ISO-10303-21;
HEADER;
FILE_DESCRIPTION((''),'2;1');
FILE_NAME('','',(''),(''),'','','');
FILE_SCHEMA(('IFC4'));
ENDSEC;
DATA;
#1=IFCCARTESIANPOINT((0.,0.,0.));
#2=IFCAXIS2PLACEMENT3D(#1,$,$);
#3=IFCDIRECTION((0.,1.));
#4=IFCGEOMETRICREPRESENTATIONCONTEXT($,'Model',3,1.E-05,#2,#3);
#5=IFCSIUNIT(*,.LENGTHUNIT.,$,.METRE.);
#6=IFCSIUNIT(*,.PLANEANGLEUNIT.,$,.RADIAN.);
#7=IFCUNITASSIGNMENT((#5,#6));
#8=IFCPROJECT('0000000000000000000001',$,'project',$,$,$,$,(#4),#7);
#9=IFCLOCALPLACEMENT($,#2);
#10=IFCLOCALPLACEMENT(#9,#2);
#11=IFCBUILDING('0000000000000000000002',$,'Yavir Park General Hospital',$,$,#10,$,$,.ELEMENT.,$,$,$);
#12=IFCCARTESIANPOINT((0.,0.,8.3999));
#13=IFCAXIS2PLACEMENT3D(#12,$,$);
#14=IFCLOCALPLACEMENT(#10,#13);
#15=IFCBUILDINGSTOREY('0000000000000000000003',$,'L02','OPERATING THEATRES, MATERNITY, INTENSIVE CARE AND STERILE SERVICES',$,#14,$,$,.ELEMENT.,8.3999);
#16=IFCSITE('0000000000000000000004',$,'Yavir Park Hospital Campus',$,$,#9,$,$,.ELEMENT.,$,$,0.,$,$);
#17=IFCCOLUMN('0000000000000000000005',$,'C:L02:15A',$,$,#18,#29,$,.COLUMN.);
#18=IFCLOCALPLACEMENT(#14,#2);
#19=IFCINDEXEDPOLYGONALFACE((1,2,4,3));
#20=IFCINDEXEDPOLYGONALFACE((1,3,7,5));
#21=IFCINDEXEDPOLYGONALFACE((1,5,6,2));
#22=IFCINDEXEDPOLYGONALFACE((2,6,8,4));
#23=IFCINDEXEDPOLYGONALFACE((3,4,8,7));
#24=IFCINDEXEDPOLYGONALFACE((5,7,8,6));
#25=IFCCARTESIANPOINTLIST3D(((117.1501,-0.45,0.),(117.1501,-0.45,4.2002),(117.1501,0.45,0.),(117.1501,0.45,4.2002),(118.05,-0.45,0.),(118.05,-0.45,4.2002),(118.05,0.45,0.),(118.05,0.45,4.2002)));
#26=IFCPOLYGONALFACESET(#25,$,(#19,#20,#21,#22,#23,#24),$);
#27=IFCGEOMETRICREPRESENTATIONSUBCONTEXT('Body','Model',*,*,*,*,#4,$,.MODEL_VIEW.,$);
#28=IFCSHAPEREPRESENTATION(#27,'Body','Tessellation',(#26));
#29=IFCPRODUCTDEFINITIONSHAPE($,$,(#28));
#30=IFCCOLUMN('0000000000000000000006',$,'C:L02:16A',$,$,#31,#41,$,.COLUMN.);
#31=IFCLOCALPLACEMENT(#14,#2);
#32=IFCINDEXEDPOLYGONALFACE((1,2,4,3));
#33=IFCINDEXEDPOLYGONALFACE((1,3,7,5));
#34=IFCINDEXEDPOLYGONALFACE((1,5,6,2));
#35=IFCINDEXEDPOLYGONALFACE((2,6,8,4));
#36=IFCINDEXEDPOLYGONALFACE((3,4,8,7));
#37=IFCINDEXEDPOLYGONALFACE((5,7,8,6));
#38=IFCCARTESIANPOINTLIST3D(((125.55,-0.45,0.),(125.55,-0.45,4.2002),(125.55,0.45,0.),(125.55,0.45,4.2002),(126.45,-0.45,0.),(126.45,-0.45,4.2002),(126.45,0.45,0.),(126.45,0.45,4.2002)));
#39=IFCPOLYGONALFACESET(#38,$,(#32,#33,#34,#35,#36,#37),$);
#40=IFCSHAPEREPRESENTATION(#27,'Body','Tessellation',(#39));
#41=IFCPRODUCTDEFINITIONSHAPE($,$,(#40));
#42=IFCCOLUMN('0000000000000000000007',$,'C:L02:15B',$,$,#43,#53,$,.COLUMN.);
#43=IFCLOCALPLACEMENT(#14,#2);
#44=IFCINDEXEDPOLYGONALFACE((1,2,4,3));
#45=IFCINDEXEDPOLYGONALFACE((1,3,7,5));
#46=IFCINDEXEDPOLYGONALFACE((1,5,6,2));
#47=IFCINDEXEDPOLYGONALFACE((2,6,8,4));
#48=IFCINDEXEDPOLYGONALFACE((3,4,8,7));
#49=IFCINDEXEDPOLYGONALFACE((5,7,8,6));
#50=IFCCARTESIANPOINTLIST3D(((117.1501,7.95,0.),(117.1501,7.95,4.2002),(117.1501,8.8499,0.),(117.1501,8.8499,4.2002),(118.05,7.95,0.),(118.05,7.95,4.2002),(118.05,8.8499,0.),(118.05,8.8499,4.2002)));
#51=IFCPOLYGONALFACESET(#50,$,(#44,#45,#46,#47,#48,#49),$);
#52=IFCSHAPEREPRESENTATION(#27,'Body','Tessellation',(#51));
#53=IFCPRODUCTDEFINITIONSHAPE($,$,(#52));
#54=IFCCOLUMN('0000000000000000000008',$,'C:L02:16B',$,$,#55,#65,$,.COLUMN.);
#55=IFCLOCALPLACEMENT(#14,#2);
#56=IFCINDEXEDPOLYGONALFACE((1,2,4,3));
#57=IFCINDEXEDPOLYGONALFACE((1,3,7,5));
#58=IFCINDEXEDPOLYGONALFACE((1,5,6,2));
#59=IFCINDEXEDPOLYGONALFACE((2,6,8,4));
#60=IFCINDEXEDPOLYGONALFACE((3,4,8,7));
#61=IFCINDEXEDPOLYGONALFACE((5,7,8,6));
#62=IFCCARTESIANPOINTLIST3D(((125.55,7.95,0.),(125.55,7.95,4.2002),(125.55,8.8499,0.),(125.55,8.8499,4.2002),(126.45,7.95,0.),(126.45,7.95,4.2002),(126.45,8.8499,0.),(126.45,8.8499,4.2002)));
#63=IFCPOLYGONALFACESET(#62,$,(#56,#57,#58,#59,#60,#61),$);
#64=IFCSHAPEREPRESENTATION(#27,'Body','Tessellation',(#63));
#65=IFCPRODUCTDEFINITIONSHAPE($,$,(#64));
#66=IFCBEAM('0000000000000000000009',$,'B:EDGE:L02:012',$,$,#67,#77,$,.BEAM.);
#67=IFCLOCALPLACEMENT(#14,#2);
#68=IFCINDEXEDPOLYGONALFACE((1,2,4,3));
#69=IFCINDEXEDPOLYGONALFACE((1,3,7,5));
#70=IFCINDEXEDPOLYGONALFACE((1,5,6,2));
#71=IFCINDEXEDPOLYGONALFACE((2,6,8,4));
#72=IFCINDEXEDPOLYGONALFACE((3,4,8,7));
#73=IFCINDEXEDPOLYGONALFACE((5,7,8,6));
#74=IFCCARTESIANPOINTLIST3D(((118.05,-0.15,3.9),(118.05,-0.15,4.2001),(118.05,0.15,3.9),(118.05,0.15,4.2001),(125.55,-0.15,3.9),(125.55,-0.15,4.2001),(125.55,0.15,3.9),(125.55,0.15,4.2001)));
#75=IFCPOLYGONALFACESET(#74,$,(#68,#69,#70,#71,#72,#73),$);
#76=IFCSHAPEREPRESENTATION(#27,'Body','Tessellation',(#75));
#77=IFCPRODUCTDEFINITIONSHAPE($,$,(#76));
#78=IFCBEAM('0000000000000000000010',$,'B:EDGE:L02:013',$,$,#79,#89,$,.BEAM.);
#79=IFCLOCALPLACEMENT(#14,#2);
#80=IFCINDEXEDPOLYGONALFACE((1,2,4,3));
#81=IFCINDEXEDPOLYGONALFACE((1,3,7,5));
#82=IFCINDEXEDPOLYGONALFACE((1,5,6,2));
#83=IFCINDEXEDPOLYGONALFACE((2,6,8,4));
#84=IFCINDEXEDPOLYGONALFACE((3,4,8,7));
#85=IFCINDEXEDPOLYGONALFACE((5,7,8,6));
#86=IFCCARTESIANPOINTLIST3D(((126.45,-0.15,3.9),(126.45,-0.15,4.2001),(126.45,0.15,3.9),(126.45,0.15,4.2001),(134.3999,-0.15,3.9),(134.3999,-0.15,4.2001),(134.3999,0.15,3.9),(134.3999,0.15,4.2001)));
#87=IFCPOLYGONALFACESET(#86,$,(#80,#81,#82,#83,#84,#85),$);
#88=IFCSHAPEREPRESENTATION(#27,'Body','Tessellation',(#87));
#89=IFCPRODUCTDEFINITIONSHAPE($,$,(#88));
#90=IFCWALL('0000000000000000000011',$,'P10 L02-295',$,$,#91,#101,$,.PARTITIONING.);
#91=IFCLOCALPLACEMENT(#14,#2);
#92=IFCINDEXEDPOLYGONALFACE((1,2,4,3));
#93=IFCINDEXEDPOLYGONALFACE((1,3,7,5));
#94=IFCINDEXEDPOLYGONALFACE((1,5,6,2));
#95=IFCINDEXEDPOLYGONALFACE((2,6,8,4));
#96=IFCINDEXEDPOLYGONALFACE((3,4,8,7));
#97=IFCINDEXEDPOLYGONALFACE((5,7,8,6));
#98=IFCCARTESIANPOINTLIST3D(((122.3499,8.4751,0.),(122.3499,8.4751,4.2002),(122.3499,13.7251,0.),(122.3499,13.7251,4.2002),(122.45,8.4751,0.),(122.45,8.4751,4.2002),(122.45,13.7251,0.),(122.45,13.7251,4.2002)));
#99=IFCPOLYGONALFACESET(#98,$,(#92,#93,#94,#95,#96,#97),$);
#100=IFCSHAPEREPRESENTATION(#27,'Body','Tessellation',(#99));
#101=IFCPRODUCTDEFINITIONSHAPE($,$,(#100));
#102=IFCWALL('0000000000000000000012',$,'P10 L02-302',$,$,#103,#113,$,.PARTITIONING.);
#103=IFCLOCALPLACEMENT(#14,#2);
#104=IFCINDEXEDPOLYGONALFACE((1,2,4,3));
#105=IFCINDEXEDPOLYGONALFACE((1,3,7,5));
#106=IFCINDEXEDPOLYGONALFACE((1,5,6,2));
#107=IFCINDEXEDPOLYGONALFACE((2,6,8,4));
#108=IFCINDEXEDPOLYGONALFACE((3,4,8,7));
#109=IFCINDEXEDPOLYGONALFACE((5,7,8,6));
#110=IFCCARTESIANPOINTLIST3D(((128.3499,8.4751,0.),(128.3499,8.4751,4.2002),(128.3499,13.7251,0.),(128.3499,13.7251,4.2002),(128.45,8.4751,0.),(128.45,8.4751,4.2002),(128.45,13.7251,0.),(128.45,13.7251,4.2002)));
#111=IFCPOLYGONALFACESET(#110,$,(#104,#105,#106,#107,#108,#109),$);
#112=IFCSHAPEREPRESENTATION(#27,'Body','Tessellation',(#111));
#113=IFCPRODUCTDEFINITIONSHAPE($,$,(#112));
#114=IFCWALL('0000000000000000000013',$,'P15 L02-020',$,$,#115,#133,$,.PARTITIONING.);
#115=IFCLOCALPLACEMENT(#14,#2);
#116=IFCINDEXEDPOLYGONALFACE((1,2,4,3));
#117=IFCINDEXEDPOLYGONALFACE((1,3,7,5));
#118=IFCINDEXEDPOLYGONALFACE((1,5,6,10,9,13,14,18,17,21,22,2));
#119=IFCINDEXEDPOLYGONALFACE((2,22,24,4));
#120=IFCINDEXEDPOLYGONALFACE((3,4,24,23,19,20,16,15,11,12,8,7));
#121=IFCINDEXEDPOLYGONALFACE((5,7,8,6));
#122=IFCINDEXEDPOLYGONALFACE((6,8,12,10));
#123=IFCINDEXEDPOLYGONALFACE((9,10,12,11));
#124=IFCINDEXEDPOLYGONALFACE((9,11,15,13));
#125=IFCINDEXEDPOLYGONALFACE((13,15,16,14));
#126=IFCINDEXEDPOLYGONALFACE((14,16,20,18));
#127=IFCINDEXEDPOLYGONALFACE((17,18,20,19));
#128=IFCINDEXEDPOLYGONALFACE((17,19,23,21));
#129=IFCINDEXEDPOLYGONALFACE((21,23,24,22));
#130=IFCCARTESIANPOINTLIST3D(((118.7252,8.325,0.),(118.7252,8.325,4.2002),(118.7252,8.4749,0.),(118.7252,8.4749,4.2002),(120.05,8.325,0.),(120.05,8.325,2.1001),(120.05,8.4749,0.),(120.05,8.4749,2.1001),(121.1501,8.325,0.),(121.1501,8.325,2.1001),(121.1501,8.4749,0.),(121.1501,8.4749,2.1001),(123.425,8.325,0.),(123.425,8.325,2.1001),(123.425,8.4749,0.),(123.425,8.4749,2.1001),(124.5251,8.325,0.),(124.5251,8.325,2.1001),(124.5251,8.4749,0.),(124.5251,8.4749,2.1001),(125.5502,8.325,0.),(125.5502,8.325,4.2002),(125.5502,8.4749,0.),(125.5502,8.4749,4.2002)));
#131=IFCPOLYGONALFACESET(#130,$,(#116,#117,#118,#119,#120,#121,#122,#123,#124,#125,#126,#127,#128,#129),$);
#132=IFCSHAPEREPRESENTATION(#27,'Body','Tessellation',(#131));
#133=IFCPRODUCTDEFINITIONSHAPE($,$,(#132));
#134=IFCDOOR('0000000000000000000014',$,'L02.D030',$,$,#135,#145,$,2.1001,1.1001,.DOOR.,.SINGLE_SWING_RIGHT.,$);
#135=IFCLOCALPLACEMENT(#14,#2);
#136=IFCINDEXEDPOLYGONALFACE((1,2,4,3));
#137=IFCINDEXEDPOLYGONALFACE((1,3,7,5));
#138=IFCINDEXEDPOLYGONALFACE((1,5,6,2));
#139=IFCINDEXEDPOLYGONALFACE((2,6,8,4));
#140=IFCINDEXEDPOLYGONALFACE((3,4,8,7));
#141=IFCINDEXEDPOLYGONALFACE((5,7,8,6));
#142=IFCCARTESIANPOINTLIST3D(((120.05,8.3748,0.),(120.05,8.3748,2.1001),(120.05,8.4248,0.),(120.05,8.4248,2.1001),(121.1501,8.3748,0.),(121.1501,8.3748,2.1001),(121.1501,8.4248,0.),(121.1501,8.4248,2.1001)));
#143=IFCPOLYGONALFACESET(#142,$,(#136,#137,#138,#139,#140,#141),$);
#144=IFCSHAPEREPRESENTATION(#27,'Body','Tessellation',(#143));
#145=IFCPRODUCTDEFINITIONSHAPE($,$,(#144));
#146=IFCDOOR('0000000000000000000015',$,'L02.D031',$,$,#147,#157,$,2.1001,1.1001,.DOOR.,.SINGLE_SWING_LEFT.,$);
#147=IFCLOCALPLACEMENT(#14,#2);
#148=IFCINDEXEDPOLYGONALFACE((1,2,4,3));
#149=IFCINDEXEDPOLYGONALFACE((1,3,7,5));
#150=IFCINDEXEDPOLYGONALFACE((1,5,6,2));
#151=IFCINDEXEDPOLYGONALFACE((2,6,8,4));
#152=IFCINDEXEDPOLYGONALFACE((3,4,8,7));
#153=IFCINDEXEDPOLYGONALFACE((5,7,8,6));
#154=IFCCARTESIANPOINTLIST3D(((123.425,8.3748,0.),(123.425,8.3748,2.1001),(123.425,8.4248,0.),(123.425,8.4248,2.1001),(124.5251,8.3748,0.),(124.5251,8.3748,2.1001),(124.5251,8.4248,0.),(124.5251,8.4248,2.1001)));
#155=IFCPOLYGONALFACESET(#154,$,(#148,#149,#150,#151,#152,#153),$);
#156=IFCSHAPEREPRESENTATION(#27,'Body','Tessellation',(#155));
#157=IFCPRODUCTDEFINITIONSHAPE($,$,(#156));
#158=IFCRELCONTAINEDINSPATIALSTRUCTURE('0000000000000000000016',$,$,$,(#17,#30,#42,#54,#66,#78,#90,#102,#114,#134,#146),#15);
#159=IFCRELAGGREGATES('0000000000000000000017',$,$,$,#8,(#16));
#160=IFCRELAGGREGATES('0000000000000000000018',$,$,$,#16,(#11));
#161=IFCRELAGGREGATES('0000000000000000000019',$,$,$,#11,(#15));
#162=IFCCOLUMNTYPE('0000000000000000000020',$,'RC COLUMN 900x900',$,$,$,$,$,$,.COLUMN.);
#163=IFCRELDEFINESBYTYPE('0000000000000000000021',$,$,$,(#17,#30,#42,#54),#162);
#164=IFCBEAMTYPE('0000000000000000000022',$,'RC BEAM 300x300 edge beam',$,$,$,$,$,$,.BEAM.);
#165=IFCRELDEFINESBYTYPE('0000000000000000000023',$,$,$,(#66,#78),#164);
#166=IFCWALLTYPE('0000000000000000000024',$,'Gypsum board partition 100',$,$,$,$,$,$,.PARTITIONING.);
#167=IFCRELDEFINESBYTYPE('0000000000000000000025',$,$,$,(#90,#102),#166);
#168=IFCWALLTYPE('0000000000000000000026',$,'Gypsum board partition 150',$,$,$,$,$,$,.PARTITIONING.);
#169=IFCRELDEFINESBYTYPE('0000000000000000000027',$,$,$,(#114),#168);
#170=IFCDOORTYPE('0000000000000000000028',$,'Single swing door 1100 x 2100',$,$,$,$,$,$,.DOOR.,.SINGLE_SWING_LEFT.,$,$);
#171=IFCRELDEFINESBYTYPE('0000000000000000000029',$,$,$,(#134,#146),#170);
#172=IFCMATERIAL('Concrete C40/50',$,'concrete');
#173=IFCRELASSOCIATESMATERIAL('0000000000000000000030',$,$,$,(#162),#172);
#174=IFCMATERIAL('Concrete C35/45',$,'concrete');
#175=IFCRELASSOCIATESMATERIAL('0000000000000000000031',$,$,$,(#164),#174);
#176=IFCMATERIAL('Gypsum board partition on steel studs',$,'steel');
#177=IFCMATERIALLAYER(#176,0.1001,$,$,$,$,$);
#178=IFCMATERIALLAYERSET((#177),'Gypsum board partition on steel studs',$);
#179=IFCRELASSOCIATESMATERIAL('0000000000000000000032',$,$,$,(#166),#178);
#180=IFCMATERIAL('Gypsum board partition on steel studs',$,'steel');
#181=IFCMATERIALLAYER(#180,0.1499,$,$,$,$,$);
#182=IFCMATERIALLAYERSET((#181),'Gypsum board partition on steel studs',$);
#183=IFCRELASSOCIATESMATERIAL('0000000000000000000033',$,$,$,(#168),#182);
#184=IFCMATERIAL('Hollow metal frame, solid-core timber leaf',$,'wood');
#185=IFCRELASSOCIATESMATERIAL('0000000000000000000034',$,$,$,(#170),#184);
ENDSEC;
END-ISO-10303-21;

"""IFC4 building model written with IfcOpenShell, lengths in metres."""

from ifc_helpers import new_model, si_unit, direction, frame, frame_2d, origin, origin_2d, place, context, subcontext, project, spatial, rectangle, extrude, material, layer, layer_set, material_profile, profile_set, type_object, element, fill, save


model = new_model("IFC4")

# Units and contexts
model_context = context("Model", 3, precision=1e-05, world=origin(), true_north=direction((0.0, 1.0)))
body_context = subcontext(model_context, "Body", "Model", "MODEL_VIEW")
ifc_project = project(units=[si_unit("LENGTHUNIT", "METRE"), si_unit("PLANEANGLEUNIT", "RADIAN")], contexts=[model_context])

# Site, building, storey
site_placement = place(None, origin())
site = spatial("IfcSite", under=ifc_project, at=site_placement, Name="Yavir Park Hospital Campus", CompositionType="ELEMENT", RefElevation=0.0)
building_placement = place(site_placement, origin())
building = spatial("IfcBuilding", under=site, at=building_placement, Name="Yavir Park General Hospital", CompositionType="ELEMENT")
storey_placement = place(building_placement, frame((0.0, 0.0, 8.3999)))
storey = spatial("IfcBuildingStorey", under=building, at=storey_placement, Name="L02", Description="OPERATING THEATRES, MATERNITY, INTENSIVE CARE AND STERILE SERVICES", CompositionType="ELEMENT", Elevation=8.3999)

# Columns
ifc_material_1 = material(Name="Concrete C40/50", Category="concrete")
ifc_material_profile_1 = material_profile(ifc_material_1, rectangle(XDim=0.8999, YDim=0.8999, at=origin_2d()), Name="RC900x900")
ifc_profile_set_1 = profile_set([ifc_material_profile_1], Name="Concrete C40/50")
column_type = type_object("IfcColumnType", Name="RC COLUMN 900x900", PredefinedType="COLUMN", material=ifc_profile_set_1)
for number, where, z_axis, x_axis, name in (
    (1, (117.6001, 0.0, 0.0), (0.0, 0.0, 1.0), (1.0, 0.0, 0.0), "C:L02:15A"),
    (2, (126.0, 0.0, 0.0), (0.0, 0.0, 1.0), (1.0, 0.0, 0.0), "C:L02:16A"),
    (3, (117.6001, 8.3999, 0.0), (0.0, 0.0, 1.0), (1.0, 0.0, 0.0), "C:L02:15B"),
    (4, (126.0, 8.3999, 0.0), (0.0, 0.0, 1.0), (1.0, 0.0, 0.0), "C:L02:16B"),
):
    element("IfcColumn", number, at=place(storey_placement, frame(where, z_axis=z_axis, x_axis=x_axis)), inside=storey, type_object=column_type, Name=name, PredefinedType="COLUMN", context=body_context, shape_type="SweptSolid", body=[
        extrude(rectangle(XDim=0.8999, YDim=0.8999, at=origin_2d()), origin(), (0.0, 0.0, 1.0), 4.2002),
    ])

# Beams
ifc_material_2 = material(Name="Concrete C35/45", Category="concrete")
ifc_material_profile_2 = material_profile(ifc_material_2, rectangle(XDim=0.3, YDim=0.3, at=origin_2d()), Name="RC300x300")
ifc_profile_set_2 = profile_set([ifc_material_profile_2], Name="Concrete C35/45")
beam_type = type_object("IfcBeamType", Name="RC BEAM 300x300 edge beam", PredefinedType="BEAM", material=ifc_profile_set_2)
beam_1_placement = place(storey_placement, frame((118.05, 0.0, 4.05), z_axis=(1.0, 0.0, 0.0), x_axis=(0.0, 1.0, 0.0)))
element("IfcBeam", 5, at=beam_1_placement, inside=storey, type_object=beam_type, Name="B:EDGE:L02:012", PredefinedType="BEAM", context=body_context, shape_type="SweptSolid", body=[
    extrude(rectangle(XDim=0.3, YDim=0.3, at=origin_2d()), origin(), (0.0, 0.0, 1.0), 7.5),
])
beam_2_placement = place(storey_placement, frame((126.45, 0.0, 4.05), z_axis=(1.0, 0.0, 0.0), x_axis=(0.0, 1.0, 0.0)))
element("IfcBeam", 6, at=beam_2_placement, inside=storey, type_object=beam_type, Name="B:EDGE:L02:013", PredefinedType="BEAM", context=body_context, shape_type="SweptSolid", body=[
    extrude(rectangle(XDim=0.3, YDim=0.3, at=origin_2d()), origin(), (0.0, 0.0, 1.0), 7.95),
])

# Walls
ifc_material_3 = material(Name="Gypsum board partition on steel studs", Category="steel")
ifc_layer_1 = layer(ifc_material_3, 0.1001)
ifc_layer_set_1 = layer_set([ifc_layer_1], Name="Gypsum board partition on steel studs")
wall_type_1 = type_object("IfcWallType", Name="Gypsum board partition 100", PredefinedType="PARTITIONING", material=ifc_layer_set_1)
for number, where, z_axis, x_axis, name in (
    (7, (122.3999, 8.4751, 0.0), (0.0, 0.0, 1.0), (0.0, 1.0, 0.0), "P10 L02-295"),
    (8, (128.3999, 8.4751, 0.0), (0.0, 0.0, 1.0), (0.0, 1.0, 0.0), "P10 L02-302"),
):
    element("IfcWall", number, at=place(storey_placement, frame(where, z_axis=z_axis, x_axis=x_axis)), inside=storey, type_object=wall_type_1, Name=name, PredefinedType="PARTITIONING", context=body_context, shape_type="SweptSolid", body=[
        extrude(rectangle(XDim=5.25, YDim=0.1001, at=frame_2d((2.625, 0.0))), origin(), (0.0, 0.0, 1.0), 4.2002),
    ])

# Wall, openings, doors
ifc_material_4 = material(Name="Gypsum board partition on steel studs", Category="steel")
ifc_layer_2 = layer(ifc_material_4, 0.1499)
ifc_layer_set_2 = layer_set([ifc_layer_2], Name="Gypsum board partition on steel studs")
wall_type_2 = type_object("IfcWallType", Name="Gypsum board partition 150", PredefinedType="PARTITIONING", material=ifc_layer_set_2)
wall_1_placement = place(storey_placement, frame((118.7251, 8.3999, 0.0), z_axis=(0.0, 0.0, 1.0), x_axis=(1.0, 0.0, 0.0)))
wall_1 = element("IfcWall", 9, at=wall_1_placement, inside=storey, type_object=wall_type_2, Name="P15 L02-020", PredefinedType="PARTITIONING", context=body_context, shape_type="SweptSolid", body=[
    extrude(rectangle(XDim=6.825, YDim=0.1499, at=frame_2d((3.4126, 0.0))), origin(), (0.0, 0.0, 1.0), 4.2002),
])
opening_1_placement = place(wall_1_placement, frame((1.325, 0.0, 0.0)))
opening_1 = element("IfcOpeningElement", 10, at=opening_1_placement, cuts=wall_1, PredefinedType="OPENING", context=body_context, shape_type="SweptSolid", body=[
    extrude(rectangle(XDim=1.1001, YDim=2.1001, at=frame_2d((0.55, 1.05))), frame((0.0, 0.085, 0.0), z_axis=(0.0, -1.0, 0.0), x_axis=(1.0, 0.0, 0.0)), (0.0, 0.0, 1.0), 0.1699),
])
opening_2_placement = place(wall_1_placement, frame((4.7, 0.0, 0.0)))
opening_2 = element("IfcOpeningElement", 11, at=opening_2_placement, cuts=wall_1, PredefinedType="OPENING", context=body_context, shape_type="SweptSolid", body=[
    extrude(rectangle(XDim=1.1001, YDim=2.1001, at=frame_2d((0.55, 1.05))), frame((0.0, 0.085, 0.0), z_axis=(0.0, -1.0, 0.0), x_axis=(1.0, 0.0, 0.0)), (0.0, 0.0, 1.0), 0.1699),
])
ifc_material_5 = material(Name="Hollow metal frame, solid-core timber leaf", Category="wood")
door_type = type_object("IfcDoorType", Name="Single swing door 1100 x 2100", OperationType="SINGLE_SWING_LEFT", PredefinedType="DOOR", material=ifc_material_5)
door_1_placement = place(opening_1_placement, origin())
door_1 = element("IfcDoor", 12, at=door_1_placement, inside=storey, type_object=door_type, Name="L02.D030", OperationType="SINGLE_SWING_RIGHT", OverallHeight=2.1001, OverallWidth=1.1001, PredefinedType="DOOR", context=body_context, shape_type="SweptSolid", body=[
    extrude(rectangle(XDim=1.1001, YDim=2.1001, at=frame_2d((0.55, 1.05))), frame((0.0, 0.0249, 0.0), z_axis=(0.0, -1.0, 0.0), x_axis=(1.0, 0.0, 0.0)), (0.0, 0.0, 1.0), 0.05),
])
fill(opening_1, door_1)
door_2_placement = place(opening_2_placement, origin())
door_2 = element("IfcDoor", 13, at=door_2_placement, inside=storey, type_object=door_type, Name="L02.D031", OperationType="SINGLE_SWING_LEFT", OverallHeight=2.1001, OverallWidth=1.1001, PredefinedType="DOOR", context=body_context, shape_type="SweptSolid", body=[
    extrude(rectangle(XDim=1.1001, YDim=2.1001, at=frame_2d((0.55, 1.05))), frame((0.0, 0.0249, 0.0), z_axis=(0.0, -1.0, 0.0), x_axis=(1.0, 0.0, 0.0)), (0.0, 0.0, 1.0), 0.05),
])
fill(opening_2, door_2)

save(model, "model.ifc")
